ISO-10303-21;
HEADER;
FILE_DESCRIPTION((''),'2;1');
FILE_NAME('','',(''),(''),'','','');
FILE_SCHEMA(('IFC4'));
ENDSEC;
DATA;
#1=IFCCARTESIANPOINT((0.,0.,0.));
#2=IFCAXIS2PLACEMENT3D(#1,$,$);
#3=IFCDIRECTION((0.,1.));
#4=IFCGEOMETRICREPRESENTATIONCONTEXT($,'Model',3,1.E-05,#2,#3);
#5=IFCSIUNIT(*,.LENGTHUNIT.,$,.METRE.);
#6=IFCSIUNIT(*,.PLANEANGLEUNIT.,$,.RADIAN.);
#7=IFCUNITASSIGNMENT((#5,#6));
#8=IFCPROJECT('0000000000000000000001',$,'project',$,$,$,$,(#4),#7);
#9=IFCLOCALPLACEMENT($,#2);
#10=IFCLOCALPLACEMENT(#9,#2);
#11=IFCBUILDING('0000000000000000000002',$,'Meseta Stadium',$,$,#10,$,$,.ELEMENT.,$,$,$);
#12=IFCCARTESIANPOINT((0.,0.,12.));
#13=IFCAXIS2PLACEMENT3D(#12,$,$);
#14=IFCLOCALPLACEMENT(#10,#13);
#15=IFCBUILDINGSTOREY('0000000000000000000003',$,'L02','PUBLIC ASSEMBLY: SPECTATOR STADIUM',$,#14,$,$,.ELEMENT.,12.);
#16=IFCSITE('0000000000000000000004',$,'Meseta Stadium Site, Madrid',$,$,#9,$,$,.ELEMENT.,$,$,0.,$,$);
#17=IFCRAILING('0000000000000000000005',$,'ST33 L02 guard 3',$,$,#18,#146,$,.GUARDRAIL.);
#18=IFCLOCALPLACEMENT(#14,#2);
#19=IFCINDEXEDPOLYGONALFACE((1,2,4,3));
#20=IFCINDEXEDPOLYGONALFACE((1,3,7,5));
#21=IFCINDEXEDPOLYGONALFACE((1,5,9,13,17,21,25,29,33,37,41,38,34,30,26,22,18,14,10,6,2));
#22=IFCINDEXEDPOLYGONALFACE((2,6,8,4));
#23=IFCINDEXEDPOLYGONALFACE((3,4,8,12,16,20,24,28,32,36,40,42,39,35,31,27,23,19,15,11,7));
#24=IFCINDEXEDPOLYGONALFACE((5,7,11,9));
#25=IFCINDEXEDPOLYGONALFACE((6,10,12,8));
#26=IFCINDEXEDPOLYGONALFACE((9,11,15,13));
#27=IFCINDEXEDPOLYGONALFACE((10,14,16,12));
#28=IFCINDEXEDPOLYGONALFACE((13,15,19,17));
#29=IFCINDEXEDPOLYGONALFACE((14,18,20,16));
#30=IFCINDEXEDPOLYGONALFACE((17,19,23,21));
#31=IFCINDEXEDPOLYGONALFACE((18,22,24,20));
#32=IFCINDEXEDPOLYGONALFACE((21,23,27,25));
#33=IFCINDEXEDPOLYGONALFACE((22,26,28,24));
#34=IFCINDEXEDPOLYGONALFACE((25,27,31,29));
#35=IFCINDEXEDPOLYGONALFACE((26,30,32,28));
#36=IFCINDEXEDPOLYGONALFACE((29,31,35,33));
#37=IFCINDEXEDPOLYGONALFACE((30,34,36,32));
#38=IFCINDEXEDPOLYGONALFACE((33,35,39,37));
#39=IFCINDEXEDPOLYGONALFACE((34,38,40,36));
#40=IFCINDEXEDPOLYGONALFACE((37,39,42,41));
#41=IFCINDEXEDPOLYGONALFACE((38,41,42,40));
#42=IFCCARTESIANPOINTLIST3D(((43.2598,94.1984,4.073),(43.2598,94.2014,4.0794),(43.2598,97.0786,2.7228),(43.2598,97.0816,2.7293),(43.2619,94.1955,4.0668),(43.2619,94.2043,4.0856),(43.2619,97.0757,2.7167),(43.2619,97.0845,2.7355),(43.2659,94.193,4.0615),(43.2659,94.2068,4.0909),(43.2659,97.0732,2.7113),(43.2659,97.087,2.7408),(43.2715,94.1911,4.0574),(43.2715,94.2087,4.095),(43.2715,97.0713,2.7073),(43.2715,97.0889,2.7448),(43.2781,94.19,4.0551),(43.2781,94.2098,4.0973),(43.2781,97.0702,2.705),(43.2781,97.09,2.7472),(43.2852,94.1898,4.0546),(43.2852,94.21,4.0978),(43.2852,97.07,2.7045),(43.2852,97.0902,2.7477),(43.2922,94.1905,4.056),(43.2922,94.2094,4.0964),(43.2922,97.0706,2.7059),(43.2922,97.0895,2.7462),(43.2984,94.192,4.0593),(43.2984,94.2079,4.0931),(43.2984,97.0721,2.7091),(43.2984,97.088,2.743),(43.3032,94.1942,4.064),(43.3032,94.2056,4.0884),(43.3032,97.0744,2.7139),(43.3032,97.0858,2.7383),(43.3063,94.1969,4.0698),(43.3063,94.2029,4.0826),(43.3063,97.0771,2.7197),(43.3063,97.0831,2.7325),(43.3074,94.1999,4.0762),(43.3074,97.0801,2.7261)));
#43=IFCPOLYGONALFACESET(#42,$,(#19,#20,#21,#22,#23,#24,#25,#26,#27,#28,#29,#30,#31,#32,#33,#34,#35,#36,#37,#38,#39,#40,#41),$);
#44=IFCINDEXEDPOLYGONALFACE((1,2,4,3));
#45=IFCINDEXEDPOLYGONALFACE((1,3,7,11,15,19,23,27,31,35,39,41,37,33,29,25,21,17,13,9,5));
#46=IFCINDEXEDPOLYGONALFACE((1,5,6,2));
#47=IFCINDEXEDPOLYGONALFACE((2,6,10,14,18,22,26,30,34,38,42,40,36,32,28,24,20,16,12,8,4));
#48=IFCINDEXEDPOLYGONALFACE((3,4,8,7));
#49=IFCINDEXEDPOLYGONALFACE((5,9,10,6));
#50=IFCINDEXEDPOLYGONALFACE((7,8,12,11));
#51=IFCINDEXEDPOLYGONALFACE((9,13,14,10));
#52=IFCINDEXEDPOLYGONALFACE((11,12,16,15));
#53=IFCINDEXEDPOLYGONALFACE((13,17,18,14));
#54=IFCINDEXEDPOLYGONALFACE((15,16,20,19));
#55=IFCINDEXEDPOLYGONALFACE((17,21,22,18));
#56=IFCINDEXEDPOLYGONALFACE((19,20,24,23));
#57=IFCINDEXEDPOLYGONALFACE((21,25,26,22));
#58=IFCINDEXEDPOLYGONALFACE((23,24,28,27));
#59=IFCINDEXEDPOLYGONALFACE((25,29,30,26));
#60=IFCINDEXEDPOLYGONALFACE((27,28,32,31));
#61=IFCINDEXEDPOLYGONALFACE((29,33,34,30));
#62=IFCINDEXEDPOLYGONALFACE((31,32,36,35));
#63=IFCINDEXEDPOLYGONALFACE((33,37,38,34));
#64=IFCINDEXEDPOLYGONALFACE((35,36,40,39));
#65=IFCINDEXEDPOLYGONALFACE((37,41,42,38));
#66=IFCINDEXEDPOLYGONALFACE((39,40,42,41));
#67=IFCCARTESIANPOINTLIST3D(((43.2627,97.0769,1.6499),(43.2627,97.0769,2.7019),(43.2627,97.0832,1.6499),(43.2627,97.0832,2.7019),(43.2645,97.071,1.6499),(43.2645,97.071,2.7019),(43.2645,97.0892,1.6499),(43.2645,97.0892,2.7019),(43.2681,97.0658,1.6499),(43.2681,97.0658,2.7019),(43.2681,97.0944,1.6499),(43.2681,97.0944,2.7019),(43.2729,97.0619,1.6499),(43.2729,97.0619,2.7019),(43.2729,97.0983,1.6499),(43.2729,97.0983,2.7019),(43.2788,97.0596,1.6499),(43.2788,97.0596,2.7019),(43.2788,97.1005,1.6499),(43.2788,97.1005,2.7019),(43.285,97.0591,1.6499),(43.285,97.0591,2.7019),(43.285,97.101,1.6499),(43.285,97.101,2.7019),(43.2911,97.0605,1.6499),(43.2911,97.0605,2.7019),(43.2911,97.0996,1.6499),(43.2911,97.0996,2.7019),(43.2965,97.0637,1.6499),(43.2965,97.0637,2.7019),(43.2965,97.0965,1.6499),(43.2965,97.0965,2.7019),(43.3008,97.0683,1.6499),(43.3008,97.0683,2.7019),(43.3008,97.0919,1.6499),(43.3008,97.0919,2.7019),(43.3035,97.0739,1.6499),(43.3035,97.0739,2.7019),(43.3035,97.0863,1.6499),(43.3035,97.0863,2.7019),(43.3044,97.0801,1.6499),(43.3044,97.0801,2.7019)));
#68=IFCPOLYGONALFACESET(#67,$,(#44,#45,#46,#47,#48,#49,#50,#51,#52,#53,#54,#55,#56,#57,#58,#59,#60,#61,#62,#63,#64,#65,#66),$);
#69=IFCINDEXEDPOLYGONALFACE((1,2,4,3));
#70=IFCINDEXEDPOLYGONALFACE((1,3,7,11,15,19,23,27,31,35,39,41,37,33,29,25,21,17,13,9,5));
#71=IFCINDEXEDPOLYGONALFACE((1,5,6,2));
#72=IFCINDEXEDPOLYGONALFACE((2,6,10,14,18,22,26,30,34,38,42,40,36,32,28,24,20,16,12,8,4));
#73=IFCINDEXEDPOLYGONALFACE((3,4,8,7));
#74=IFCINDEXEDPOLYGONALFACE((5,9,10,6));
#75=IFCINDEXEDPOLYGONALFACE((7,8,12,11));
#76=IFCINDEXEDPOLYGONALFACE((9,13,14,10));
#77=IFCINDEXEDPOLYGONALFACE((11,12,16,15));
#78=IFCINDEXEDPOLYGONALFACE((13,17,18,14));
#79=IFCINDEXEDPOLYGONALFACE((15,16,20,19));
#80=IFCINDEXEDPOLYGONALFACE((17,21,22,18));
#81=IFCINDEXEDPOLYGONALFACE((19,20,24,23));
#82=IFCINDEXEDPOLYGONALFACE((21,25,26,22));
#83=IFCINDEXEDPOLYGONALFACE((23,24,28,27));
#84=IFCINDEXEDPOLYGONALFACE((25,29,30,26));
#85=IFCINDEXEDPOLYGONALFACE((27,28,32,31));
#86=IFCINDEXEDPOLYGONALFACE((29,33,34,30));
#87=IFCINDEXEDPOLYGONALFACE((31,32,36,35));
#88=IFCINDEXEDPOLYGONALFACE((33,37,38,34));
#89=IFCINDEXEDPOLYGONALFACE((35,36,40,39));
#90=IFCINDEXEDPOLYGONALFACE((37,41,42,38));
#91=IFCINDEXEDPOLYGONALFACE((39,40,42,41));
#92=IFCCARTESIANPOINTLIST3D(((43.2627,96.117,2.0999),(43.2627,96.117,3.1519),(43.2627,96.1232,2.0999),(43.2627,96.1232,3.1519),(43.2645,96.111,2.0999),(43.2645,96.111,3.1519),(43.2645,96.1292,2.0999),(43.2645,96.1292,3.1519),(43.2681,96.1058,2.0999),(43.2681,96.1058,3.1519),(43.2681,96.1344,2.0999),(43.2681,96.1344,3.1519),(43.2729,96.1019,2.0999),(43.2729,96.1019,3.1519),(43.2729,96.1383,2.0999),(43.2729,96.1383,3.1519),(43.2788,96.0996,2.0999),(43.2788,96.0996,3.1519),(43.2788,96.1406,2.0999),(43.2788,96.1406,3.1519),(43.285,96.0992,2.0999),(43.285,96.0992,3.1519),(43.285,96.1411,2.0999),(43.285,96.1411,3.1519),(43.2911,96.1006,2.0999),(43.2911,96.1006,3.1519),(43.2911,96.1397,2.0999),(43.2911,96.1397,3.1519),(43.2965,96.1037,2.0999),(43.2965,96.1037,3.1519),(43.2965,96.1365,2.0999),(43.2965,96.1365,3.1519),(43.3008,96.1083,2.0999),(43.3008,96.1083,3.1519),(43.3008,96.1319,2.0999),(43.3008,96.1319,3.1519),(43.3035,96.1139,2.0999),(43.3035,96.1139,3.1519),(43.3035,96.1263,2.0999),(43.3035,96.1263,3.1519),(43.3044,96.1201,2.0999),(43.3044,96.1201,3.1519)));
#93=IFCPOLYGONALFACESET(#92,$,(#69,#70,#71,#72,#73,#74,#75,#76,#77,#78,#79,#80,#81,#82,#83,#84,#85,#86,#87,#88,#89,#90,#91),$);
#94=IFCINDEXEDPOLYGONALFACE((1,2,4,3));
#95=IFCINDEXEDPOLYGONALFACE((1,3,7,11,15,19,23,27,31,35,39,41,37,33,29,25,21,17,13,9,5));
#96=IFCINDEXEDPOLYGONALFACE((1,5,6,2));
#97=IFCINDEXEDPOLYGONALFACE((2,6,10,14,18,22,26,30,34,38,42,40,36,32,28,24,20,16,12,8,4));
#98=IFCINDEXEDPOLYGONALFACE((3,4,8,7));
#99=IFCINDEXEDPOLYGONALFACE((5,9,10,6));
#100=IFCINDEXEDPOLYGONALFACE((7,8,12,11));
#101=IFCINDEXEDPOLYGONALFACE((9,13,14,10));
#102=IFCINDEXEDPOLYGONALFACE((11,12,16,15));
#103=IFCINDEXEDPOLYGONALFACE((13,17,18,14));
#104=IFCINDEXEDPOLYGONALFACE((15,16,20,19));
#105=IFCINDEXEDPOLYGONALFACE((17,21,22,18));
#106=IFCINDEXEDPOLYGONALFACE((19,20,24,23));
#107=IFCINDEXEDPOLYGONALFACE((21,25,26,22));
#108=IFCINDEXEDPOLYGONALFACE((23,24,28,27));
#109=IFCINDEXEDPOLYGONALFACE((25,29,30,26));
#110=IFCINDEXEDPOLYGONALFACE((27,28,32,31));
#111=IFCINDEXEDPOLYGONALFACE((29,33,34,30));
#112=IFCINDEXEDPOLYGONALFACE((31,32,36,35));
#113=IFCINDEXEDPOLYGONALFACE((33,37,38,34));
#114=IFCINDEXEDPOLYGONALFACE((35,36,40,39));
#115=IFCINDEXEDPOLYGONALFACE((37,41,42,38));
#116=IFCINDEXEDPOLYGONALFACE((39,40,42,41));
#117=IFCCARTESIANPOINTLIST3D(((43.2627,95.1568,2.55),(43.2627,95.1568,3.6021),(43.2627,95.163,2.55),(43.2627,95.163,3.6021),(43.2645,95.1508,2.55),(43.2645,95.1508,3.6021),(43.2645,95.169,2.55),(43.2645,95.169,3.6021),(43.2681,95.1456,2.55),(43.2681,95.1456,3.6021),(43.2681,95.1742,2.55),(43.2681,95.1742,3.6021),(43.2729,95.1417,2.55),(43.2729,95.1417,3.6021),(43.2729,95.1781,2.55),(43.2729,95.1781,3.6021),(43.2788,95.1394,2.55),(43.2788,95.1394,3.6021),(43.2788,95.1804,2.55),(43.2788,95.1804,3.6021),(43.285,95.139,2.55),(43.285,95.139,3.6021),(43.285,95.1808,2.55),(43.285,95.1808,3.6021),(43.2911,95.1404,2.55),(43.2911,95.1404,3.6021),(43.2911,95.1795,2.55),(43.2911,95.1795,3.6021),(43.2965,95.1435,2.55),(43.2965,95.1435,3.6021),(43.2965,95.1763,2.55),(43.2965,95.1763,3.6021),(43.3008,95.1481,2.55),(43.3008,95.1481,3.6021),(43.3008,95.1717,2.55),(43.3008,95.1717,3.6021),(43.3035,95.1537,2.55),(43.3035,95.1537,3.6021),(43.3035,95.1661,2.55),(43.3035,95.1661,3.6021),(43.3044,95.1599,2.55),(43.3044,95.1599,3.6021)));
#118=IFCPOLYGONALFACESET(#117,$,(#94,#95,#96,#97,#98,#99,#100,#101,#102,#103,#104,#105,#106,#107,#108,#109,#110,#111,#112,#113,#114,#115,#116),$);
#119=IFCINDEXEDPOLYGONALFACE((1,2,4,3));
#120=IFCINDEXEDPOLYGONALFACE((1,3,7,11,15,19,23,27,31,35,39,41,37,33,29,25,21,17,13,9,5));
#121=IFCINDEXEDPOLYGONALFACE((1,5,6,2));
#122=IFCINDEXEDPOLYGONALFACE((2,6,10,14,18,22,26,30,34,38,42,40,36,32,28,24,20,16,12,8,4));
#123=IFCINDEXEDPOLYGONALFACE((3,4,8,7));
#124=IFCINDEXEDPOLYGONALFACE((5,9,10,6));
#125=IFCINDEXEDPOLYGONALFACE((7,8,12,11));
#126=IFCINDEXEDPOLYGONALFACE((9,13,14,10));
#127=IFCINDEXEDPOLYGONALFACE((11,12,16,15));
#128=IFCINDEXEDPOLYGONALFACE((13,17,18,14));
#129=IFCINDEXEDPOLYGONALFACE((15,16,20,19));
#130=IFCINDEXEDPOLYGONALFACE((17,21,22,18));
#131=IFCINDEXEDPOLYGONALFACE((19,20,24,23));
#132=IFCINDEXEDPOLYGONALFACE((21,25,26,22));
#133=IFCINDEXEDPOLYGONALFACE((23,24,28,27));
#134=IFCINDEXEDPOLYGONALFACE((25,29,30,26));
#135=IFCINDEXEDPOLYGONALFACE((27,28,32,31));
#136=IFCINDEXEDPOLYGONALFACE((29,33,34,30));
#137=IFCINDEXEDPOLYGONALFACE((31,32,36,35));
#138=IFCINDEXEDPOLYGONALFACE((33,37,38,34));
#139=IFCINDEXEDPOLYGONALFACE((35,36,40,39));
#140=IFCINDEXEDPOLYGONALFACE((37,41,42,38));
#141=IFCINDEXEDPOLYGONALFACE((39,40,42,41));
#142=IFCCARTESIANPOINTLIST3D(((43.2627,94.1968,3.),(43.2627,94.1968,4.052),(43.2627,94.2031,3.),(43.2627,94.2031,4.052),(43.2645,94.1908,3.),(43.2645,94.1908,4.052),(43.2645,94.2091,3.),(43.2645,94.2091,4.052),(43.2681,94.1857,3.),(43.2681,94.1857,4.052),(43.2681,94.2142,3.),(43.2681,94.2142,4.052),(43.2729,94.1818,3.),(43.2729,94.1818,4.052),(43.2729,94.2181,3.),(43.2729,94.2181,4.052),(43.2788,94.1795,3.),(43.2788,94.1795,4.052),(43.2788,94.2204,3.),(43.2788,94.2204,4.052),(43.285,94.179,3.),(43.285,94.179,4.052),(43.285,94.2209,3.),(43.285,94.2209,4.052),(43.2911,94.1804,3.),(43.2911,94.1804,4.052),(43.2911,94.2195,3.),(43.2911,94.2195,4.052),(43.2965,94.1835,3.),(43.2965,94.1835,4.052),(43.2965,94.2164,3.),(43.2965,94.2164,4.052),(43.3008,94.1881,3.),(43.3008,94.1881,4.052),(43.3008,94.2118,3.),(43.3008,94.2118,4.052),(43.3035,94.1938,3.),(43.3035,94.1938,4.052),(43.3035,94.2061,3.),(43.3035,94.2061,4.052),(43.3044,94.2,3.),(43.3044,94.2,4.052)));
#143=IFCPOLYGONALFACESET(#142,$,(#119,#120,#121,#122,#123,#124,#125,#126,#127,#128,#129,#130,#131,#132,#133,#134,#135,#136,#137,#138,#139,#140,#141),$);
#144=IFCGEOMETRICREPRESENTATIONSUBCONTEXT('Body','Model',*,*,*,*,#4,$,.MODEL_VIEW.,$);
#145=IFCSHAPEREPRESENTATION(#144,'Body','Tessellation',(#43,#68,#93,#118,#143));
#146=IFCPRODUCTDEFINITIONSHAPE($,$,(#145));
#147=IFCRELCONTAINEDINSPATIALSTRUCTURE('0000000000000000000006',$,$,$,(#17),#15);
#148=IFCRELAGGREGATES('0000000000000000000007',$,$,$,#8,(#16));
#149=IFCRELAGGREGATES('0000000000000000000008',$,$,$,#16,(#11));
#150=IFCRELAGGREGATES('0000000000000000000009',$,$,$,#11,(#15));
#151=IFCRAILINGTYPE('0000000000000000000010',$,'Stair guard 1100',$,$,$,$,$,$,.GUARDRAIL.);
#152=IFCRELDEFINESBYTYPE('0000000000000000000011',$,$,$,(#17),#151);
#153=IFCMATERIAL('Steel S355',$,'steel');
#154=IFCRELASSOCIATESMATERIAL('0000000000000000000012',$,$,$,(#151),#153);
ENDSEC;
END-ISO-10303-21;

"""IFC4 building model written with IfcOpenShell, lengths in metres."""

from ifc_helpers import new_model, si_unit, direction, frame, origin, origin_2d, place, context, subcontext, project, spatial, circle, extrude, material, type_object, element, save


model = new_model("IFC4")

# Units and contexts
model_context = context("Model", 3, precision=1e-05, world=origin(), true_north=direction((0.0, 1.0)))
body_context = subcontext(model_context, "Body", "Model", "MODEL_VIEW")
ifc_project = project(units=[si_unit("LENGTHUNIT", "METRE"), si_unit("PLANEANGLEUNIT", "RADIAN")], contexts=[model_context])

# Site, building, storey
site_placement = place(None, origin())
site = spatial("IfcSite", under=ifc_project, at=site_placement, Name="Meseta Stadium Site, Madrid", CompositionType="ELEMENT", RefElevation=0.0)
building_placement = place(site_placement, origin())
building = spatial("IfcBuilding", under=site, at=building_placement, Name="Meseta Stadium", CompositionType="ELEMENT")
storey_placement = place(building_placement, frame((0.0, 0.0, 12.0)))
storey = spatial("IfcBuildingStorey", under=building, at=storey_placement, Name="L02", Description="PUBLIC ASSEMBLY: SPECTATOR STADIUM", CompositionType="ELEMENT", Elevation=12.0)

# Railing
ifc_material_1 = material(Name="Steel S355", Category="steel")
railing_type_1 = type_object("IfcRailingType", Name="Stair guard 1100", PredefinedType="GUARDRAIL", material=ifc_material_1)
railing_1_placement = place(storey_placement, frame((43.2834, 97.0801, 1.6499)))
element("IfcRailing", 1, at=railing_1_placement, inside=storey, type_object=railing_type_1, Name="ST33 L02 guard 3", PredefinedType="GUARDRAIL", context=body_context, shape_type="SweptSolid", body=[
    extrude(circle(Radius=0.0239, at=origin_2d()), frame((0.0, 0.0, 1.0762), z_axis=(0.0, -0.905454, 0.424444), x_axis=(1.0, 0.0, 0.0)), (0.0, 0.0, 1.0), 3.1809),
    extrude(circle(Radius=0.021, at=origin_2d()), origin(), (0.0, 0.0, 1.0), 1.052),
    extrude(circle(Radius=0.021, at=origin_2d()), frame((0.0, -0.96, 0.45)), (0.0, 0.0, 1.0), 1.052),
    extrude(circle(Radius=0.021, at=origin_2d()), frame((0.0, -1.9202, 0.9001)), (0.0, 0.0, 1.0), 1.052),
    extrude(circle(Radius=0.021, at=origin_2d()), frame((0.0, -2.8801, 1.3501)), (0.0, 0.0, 1.0), 1.052),
])

save(model, "model.ifc")
